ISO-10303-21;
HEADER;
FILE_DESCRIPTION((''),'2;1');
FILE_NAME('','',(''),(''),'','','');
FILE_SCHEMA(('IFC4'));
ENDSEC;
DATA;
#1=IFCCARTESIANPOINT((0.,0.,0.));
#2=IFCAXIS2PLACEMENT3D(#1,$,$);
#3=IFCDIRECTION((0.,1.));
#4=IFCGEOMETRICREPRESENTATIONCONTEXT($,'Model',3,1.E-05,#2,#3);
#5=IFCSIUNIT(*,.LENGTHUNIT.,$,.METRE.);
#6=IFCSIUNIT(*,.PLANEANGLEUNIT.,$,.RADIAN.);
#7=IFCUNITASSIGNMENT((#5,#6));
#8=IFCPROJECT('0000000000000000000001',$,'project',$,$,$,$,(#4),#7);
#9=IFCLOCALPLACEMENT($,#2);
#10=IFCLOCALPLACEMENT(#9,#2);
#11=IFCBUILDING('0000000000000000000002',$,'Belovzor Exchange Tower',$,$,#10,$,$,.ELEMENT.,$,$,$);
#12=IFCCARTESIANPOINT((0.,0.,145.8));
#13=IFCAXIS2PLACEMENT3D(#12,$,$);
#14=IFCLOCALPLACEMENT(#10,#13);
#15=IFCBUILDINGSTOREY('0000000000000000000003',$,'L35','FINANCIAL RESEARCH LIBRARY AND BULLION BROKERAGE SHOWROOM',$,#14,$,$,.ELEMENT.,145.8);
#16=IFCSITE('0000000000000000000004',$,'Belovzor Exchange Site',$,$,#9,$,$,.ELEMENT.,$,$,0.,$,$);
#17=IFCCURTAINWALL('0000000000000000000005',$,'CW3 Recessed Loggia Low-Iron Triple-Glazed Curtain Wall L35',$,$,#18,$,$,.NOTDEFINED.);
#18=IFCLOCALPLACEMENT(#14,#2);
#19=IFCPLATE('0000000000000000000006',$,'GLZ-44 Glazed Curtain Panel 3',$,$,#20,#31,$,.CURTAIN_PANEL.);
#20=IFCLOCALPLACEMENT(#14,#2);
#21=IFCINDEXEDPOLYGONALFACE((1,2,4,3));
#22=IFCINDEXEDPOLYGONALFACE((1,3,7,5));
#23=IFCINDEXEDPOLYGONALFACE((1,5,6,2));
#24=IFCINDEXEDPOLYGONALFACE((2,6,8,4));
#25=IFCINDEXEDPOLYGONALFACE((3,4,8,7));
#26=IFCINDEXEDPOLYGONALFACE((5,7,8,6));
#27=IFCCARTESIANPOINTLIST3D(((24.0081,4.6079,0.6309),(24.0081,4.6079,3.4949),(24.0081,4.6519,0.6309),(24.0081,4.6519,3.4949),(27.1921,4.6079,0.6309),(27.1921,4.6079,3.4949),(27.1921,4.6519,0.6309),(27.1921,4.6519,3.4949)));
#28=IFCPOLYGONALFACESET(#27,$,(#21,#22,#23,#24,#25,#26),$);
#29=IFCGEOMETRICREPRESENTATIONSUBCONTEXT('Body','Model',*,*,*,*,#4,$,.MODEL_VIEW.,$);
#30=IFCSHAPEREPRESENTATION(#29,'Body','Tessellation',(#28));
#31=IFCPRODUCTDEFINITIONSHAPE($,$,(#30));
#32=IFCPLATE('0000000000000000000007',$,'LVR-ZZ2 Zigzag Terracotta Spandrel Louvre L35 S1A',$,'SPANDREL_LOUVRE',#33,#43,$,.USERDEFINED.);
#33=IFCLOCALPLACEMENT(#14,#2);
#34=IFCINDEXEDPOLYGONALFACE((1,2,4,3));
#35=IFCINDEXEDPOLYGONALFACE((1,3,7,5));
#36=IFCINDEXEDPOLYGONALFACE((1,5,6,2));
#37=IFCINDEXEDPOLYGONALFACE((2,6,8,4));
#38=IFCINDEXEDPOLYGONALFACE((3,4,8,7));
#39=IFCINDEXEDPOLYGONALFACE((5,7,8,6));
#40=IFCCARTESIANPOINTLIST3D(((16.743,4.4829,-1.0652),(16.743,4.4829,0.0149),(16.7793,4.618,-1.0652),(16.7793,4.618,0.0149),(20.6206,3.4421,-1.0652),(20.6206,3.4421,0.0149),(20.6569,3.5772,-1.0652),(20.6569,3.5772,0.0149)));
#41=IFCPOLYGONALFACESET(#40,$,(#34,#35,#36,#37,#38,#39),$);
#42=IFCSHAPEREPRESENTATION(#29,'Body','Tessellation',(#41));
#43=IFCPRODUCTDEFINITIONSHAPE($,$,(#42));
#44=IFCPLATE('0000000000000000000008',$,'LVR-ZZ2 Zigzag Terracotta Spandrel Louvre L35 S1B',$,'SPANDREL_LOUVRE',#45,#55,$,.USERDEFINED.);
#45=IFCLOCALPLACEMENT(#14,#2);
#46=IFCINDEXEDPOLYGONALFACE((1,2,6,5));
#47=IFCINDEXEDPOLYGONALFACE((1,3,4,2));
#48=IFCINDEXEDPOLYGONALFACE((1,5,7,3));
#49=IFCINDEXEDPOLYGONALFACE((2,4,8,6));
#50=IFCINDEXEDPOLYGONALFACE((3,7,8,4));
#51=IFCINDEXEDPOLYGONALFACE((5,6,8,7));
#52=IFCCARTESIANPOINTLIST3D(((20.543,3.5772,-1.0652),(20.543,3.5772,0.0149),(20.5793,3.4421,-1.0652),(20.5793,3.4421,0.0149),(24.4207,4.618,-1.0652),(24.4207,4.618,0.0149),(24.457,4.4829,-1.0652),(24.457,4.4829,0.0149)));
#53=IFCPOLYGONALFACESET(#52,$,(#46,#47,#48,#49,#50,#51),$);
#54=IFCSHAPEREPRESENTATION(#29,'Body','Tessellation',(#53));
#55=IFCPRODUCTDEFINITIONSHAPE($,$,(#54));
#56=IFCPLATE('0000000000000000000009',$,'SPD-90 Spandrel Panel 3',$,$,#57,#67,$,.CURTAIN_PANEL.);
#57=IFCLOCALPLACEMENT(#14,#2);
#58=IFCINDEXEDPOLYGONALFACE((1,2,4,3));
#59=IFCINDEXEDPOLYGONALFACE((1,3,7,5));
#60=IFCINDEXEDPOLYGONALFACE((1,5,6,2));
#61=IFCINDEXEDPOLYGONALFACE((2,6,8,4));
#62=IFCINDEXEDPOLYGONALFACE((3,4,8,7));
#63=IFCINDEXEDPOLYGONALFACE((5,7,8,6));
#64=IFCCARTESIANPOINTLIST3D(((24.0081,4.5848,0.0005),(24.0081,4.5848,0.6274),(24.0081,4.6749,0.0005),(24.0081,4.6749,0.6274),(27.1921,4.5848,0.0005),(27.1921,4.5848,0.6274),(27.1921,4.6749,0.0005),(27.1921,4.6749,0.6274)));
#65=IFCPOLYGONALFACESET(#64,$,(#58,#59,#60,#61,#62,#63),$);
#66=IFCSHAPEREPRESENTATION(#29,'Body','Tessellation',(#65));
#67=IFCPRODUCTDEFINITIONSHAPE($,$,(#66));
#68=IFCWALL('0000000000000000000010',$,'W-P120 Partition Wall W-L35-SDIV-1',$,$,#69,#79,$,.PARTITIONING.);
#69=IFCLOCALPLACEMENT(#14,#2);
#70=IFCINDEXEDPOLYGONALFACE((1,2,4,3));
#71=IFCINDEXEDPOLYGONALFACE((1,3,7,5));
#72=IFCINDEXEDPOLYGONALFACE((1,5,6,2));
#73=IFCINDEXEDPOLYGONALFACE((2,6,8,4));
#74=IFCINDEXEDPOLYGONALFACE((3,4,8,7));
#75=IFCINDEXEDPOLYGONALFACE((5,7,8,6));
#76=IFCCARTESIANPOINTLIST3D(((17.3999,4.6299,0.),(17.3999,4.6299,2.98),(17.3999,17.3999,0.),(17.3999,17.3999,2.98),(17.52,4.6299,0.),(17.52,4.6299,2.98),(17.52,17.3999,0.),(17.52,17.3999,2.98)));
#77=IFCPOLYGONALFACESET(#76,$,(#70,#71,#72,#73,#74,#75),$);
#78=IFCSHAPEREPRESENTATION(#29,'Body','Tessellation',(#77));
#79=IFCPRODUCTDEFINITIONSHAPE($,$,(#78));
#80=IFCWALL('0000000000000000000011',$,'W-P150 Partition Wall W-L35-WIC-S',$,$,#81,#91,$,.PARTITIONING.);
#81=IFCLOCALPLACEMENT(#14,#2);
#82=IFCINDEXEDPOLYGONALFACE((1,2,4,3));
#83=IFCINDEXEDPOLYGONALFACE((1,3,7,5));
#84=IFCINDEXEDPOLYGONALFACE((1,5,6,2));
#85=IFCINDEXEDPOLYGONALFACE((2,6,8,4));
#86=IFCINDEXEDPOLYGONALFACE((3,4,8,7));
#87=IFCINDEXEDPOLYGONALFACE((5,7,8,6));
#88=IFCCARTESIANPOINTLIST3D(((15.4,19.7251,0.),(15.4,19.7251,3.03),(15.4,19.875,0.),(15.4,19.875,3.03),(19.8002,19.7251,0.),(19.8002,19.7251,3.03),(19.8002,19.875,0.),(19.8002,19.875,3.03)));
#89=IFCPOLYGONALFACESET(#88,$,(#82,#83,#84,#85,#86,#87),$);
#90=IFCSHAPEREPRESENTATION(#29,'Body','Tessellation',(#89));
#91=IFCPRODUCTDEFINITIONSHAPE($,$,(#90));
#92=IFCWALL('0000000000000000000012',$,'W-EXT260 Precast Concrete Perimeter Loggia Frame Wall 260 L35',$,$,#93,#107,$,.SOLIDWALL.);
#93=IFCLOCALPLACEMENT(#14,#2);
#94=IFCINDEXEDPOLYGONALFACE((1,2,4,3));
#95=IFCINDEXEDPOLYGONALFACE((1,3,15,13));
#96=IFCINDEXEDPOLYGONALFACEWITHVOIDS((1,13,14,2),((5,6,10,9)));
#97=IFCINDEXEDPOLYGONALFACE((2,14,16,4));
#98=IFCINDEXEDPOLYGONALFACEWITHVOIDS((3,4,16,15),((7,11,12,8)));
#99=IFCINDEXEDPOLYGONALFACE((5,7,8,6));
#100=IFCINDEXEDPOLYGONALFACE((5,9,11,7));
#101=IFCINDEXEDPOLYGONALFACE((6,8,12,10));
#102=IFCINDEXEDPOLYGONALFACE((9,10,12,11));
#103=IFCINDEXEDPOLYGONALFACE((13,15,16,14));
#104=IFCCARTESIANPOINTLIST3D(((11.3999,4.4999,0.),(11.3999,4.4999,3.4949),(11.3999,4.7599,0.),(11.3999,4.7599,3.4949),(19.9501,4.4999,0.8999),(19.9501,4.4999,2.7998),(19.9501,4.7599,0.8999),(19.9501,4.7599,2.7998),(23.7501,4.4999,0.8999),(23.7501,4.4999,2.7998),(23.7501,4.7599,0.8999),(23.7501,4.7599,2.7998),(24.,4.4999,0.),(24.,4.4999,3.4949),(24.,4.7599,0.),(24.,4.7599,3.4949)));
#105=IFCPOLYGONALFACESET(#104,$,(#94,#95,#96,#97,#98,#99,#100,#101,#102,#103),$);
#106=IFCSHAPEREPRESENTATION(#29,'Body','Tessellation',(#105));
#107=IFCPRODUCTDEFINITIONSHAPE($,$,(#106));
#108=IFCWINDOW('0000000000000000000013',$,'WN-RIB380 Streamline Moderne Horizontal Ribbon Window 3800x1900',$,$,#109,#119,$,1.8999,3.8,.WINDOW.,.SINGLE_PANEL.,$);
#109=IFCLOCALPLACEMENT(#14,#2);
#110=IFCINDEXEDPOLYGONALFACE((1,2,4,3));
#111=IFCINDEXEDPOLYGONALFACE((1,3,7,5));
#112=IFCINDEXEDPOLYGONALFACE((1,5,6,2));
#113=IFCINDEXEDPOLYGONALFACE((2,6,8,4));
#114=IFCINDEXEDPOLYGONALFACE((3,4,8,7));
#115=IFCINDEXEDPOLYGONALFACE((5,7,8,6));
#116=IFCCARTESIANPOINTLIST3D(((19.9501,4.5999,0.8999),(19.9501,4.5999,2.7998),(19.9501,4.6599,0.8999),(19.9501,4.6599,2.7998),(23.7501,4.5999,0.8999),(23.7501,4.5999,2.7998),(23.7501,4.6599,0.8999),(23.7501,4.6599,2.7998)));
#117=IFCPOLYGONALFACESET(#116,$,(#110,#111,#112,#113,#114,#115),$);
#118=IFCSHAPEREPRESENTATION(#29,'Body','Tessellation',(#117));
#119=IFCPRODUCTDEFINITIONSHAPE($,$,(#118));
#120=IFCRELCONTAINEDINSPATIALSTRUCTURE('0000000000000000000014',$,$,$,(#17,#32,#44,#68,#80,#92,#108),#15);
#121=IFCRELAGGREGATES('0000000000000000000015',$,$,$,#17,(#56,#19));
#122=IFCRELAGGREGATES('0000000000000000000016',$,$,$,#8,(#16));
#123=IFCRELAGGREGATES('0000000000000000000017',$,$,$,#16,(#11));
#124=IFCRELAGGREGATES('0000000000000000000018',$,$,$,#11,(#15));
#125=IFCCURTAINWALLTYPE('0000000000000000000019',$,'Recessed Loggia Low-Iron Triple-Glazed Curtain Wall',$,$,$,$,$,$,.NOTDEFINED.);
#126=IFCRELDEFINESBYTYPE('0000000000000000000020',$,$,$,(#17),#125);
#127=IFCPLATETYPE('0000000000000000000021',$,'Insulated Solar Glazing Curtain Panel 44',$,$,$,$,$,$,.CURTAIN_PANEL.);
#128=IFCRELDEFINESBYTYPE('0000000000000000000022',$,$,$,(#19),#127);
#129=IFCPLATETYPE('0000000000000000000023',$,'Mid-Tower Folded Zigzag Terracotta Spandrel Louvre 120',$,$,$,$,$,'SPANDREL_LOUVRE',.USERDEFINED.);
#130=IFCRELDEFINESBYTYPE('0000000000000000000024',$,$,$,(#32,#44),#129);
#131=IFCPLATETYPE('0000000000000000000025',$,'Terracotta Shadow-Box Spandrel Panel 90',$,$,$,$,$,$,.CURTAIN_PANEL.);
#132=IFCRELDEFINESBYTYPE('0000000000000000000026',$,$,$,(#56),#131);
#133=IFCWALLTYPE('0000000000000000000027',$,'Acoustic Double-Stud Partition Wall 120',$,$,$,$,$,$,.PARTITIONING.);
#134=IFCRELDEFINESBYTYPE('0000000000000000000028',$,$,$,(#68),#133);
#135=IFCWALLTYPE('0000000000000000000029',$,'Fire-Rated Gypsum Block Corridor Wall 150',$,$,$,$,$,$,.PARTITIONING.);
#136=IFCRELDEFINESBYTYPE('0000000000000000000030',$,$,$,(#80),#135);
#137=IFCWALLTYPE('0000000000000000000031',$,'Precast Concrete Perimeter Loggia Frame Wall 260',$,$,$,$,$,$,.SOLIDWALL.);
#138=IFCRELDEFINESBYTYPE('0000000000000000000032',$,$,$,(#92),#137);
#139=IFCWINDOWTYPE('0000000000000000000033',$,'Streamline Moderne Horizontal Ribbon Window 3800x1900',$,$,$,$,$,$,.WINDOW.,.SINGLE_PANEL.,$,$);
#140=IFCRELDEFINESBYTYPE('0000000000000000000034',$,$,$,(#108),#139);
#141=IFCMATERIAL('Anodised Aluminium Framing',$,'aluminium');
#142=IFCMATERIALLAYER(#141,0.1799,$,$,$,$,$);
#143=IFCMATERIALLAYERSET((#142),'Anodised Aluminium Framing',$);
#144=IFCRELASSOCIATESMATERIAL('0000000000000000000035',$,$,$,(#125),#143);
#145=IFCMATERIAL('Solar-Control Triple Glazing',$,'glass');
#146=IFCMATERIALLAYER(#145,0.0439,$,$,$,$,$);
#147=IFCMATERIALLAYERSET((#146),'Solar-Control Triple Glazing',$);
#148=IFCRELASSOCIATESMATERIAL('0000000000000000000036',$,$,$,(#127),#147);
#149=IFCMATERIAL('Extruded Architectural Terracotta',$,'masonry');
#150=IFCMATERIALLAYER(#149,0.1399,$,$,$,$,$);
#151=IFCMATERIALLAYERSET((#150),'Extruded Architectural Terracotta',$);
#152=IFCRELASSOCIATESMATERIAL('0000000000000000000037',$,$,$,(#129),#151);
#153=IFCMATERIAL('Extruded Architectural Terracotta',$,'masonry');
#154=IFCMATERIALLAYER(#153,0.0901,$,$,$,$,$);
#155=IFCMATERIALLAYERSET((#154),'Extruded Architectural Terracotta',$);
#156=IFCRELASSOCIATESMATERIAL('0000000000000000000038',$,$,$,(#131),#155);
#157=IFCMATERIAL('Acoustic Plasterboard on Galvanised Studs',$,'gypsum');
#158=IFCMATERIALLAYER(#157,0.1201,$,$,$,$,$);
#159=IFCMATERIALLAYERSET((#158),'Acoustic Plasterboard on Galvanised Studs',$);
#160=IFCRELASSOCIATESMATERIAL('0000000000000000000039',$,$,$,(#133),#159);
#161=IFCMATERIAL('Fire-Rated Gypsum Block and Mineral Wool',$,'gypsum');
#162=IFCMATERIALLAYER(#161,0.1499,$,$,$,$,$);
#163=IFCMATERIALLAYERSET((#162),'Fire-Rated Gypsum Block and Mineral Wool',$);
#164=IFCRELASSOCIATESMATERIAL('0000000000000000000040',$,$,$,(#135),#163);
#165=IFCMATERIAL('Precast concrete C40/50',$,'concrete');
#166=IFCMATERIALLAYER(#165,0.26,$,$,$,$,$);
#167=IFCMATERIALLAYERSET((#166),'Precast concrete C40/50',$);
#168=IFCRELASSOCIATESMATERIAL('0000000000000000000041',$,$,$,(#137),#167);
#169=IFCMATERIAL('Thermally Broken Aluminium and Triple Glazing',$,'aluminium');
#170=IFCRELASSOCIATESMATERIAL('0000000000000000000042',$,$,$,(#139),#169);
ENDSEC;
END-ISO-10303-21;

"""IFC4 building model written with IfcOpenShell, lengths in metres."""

from ifc_helpers import new_model, si_unit, direction, frame, frame_2d, origin, origin_2d, place, context, subcontext, project, spatial, rectangle, extrude, material, layer, layer_set, type_object, element, fill, aggregate, save


model = new_model("IFC4")

# Units and contexts
model_context = context("Model", 3, precision=1e-05, world=origin(), true_north=direction((0.0, 1.0)))
body_context = subcontext(model_context, "Body", "Model", "MODEL_VIEW")
ifc_project = project(units=[si_unit("LENGTHUNIT", "METRE"), si_unit("PLANEANGLEUNIT", "RADIAN")], contexts=[model_context])

# Site, building, storey
site_placement = place(None, origin())
site = spatial("IfcSite", under=ifc_project, at=site_placement, Name="Belovzor Exchange Site", CompositionType="ELEMENT", RefElevation=0.0)
building_placement = place(site_placement, origin())
building = spatial("IfcBuilding", under=site, at=building_placement, Name="Belovzor Exchange Tower", CompositionType="ELEMENT")
storey_placement = place(building_placement, frame((0.0, 0.0, 145.8)))
storey = spatial("IfcBuildingStorey", under=building, at=storey_placement, Name="L35", Description="FINANCIAL RESEARCH LIBRARY AND BULLION BROKERAGE SHOWROOM", CompositionType="ELEMENT", Elevation=145.8)

# Curtain wall
ifc_material_1 = material(Name="Anodised Aluminium Framing", Category="aluminium")
ifc_layer_1 = layer(ifc_material_1, 0.1799)
ifc_layer_set_1 = layer_set([ifc_layer_1], Name="Anodised Aluminium Framing")
curtain_wall_type = type_object("IfcCurtainWallType", Name="Recessed Loggia Low-Iron Triple-Glazed Curtain Wall", PredefinedType="NOTDEFINED", material=ifc_layer_set_1)
curtain_wall_placement = place(storey_placement, origin())
curtain_wall = element("IfcCurtainWall", 1, at=curtain_wall_placement, inside=storey, type_object=curtain_wall_type, Name="CW3 Recessed Loggia Low-Iron Triple-Glazed Curtain Wall L35", PredefinedType="NOTDEFINED")

# Plate
ifc_material_2 = material(Name="Solar-Control Triple Glazing", Category="glass")
ifc_layer_2 = layer(ifc_material_2, 0.0439)
ifc_layer_set_2 = layer_set([ifc_layer_2], Name="Solar-Control Triple Glazing")
plate_type_1 = type_object("IfcPlateType", Name="Insulated Solar Glazing Curtain Panel 44", PredefinedType="CURTAIN_PANEL", material=ifc_layer_set_2)
plate_1_placement = place(storey_placement, frame((25.6001, 4.6299, 0.6309), z_axis=(0.0, 0.0, 1.0), x_axis=(-1.0, 0.0, 0.0)))
plate_1 = element("IfcPlate", 2, at=plate_1_placement, type_object=plate_type_1, Name="GLZ-44 Glazed Curtain Panel 3", PredefinedType="CURTAIN_PANEL", context=body_context, shape_type="SweptSolid", body=[
    extrude(rectangle(XDim=3.1841, YDim=0.0439, at=origin_2d()), origin(), (0.0, 0.0, 1.0), 2.864),
])

# Plates
ifc_material_3 = material(Name="Extruded Architectural Terracotta", Category="masonry")
ifc_layer_3 = layer(ifc_material_3, 0.1399)
ifc_layer_set_3 = layer_set([ifc_layer_3], Name="Extruded Architectural Terracotta")
plate_type_2 = type_object("IfcPlateType", Name="Mid-Tower Folded Zigzag Terracotta Spandrel Louvre 120", ElementType="SPANDREL_LOUVRE", PredefinedType="USERDEFINED", material=ifc_layer_set_3)
for number, where, z_axis, x_axis, name in (
    (3, (18.7, 4.03, -1.0652), (0.0, 0.0, 1.0), (0.965813, -0.25924, 0.0), "LVR-ZZ2 Zigzag Terracotta Spandrel Louvre L35 S1A"),
    (4, (22.5, 4.03, -1.0652), (0.0, 0.0, 1.0), (0.965813, 0.25924, 0.0), "LVR-ZZ2 Zigzag Terracotta Spandrel Louvre L35 S1B"),
):
    element("IfcPlate", number, at=place(storey_placement, frame(where, z_axis=z_axis, x_axis=x_axis)), inside=storey, type_object=plate_type_2, Name=name, ObjectType="SPANDREL_LOUVRE", PredefinedType="USERDEFINED", context=body_context, shape_type="SweptSolid", body=[
        extrude(rectangle(XDim=4.0149, YDim=0.1399, at=origin_2d()), origin(), (0.0, 0.0, 1.0), 1.0801),
    ])

# Plate
ifc_material_4 = material(Name="Extruded Architectural Terracotta", Category="masonry")
ifc_layer_4 = layer(ifc_material_4, 0.0901)
ifc_layer_set_4 = layer_set([ifc_layer_4], Name="Extruded Architectural Terracotta")
plate_type_3 = type_object("IfcPlateType", Name="Terracotta Shadow-Box Spandrel Panel 90", PredefinedType="CURTAIN_PANEL", material=ifc_layer_set_4)
plate_2_placement = place(storey_placement, frame((25.6001, 4.6299, 0.0005), z_axis=(0.0, 0.0, 1.0), x_axis=(-1.0, 0.0, 0.0)))
plate_2 = element("IfcPlate", 5, at=plate_2_placement, type_object=plate_type_3, Name="SPD-90 Spandrel Panel 3", PredefinedType="CURTAIN_PANEL", context=body_context, shape_type="SweptSolid", body=[
    extrude(rectangle(XDim=3.1841, YDim=0.0901, at=origin_2d()), origin(), (0.0, 0.0, 1.0), 0.627),
])
aggregate(curtain_wall, [plate_2, plate_1])

# Walls
ifc_material_5 = material(Name="Acoustic Plasterboard on Galvanised Studs", Category="gypsum")
ifc_layer_5 = layer(ifc_material_5, 0.1201)
ifc_layer_set_5 = layer_set([ifc_layer_5], Name="Acoustic Plasterboard on Galvanised Studs")
wall_type_1 = type_object("IfcWallType", Name="Acoustic Double-Stud Partition Wall 120", PredefinedType="PARTITIONING", material=ifc_layer_set_5)
wall_1_placement = place(storey_placement, frame((17.46, 4.6299, 0.0), z_axis=(0.0, 0.0, 1.0), x_axis=(0.0, 1.0, 0.0)))
element("IfcWall", 6, at=wall_1_placement, inside=storey, type_object=wall_type_1, Name="W-P120 Partition Wall W-L35-SDIV-1", PredefinedType="PARTITIONING", context=body_context, shape_type="SweptSolid", body=[
    extrude(rectangle(XDim=12.77, YDim=0.1201, at=frame_2d((6.385, 0.0))), origin(), (0.0, 0.0, 1.0), 2.98),
])
ifc_material_6 = material(Name="Fire-Rated Gypsum Block and Mineral Wool", Category="gypsum")
ifc_layer_6 = layer(ifc_material_6, 0.1499)
ifc_layer_set_6 = layer_set([ifc_layer_6], Name="Fire-Rated Gypsum Block and Mineral Wool")
wall_type_2 = type_object("IfcWallType", Name="Fire-Rated Gypsum Block Corridor Wall 150", PredefinedType="PARTITIONING", material=ifc_layer_set_6)
wall_2_placement = place(storey_placement, frame((15.3999, 19.8, 0.0), z_axis=(0.0, 0.0, 1.0), x_axis=(1.0, 0.0, 0.0)))
element("IfcWall", 7, at=wall_2_placement, inside=storey, type_object=wall_type_2, Name="W-P150 Partition Wall W-L35-WIC-S", PredefinedType="PARTITIONING", context=body_context, shape_type="SweptSolid", body=[
    extrude(rectangle(XDim=4.4001, YDim=0.1499, at=frame_2d((2.2002, 0.0))), origin(), (0.0, 0.0, 1.0), 3.03),
])

# Wall, opening, window
ifc_material_7 = material(Name="Precast concrete C40/50", Category="concrete")
ifc_layer_7 = layer(ifc_material_7, 0.26)
ifc_layer_set_7 = layer_set([ifc_layer_7], Name="Precast concrete C40/50")
wall_type_3 = type_object("IfcWallType", Name="Precast Concrete Perimeter Loggia Frame Wall 260", PredefinedType="SOLIDWALL", material=ifc_layer_set_7)
wall_3_placement = place(storey_placement, frame((24.0, 4.6299, 0.0), z_axis=(0.0, 0.0, 1.0), x_axis=(-1.0, 0.0, 0.0)))
wall_3 = element("IfcWall", 8, at=wall_3_placement, inside=storey, type_object=wall_type_3, Name="W-EXT260 Precast Concrete Perimeter Loggia Frame Wall 260 L35", PredefinedType="SOLIDWALL", context=body_context, shape_type="SweptSolid", body=[
    extrude(rectangle(XDim=12.6001, YDim=0.26, at=frame_2d((6.3, 0.0))), origin(), (0.0, 0.0, 1.0), 3.4949),
])
opening_placement = place(wall_3_placement, frame((0.25, 0.0, 0.8999)))
opening = element("IfcOpeningElement", 9, at=opening_placement, cuts=wall_3, PredefinedType="OPENING", context=body_context, shape_type="SweptSolid", body=[
    extrude(rectangle(XDim=3.8, YDim=1.8999, at=frame_2d((1.8999, 0.95))), frame((0.0, 0.1399, 0.0), z_axis=(0.0, -1.0, 0.0), x_axis=(1.0, 0.0, 0.0)), (0.0, 0.0, 1.0), 0.28),
])
ifc_material_8 = material(Name="Thermally Broken Aluminium and Triple Glazing", Category="aluminium")
window_type = type_object("IfcWindowType", Name="Streamline Moderne Horizontal Ribbon Window 3800x1900", PartitioningType="SINGLE_PANEL", PredefinedType="WINDOW", material=ifc_material_8)
window_placement = place(opening_placement, origin())
window = element("IfcWindow", 10, at=window_placement, inside=storey, type_object=window_type, Name="WN-RIB380 Streamline Moderne Horizontal Ribbon Window 3800x1900", OverallHeight=1.8999, OverallWidth=3.8, PartitioningType="SINGLE_PANEL", PredefinedType="WINDOW", context=body_context, shape_type="SweptSolid", body=[
    extrude(rectangle(XDim=3.8, YDim=1.8999, at=frame_2d((1.8999, 0.95))), frame((0.0, 0.03, 0.0), z_axis=(0.0, -1.0, 0.0), x_axis=(1.0, 0.0, 0.0)), (0.0, 0.0, 1.0), 0.0601),
])
fill(opening, window)

save(model, "model.ifc")
